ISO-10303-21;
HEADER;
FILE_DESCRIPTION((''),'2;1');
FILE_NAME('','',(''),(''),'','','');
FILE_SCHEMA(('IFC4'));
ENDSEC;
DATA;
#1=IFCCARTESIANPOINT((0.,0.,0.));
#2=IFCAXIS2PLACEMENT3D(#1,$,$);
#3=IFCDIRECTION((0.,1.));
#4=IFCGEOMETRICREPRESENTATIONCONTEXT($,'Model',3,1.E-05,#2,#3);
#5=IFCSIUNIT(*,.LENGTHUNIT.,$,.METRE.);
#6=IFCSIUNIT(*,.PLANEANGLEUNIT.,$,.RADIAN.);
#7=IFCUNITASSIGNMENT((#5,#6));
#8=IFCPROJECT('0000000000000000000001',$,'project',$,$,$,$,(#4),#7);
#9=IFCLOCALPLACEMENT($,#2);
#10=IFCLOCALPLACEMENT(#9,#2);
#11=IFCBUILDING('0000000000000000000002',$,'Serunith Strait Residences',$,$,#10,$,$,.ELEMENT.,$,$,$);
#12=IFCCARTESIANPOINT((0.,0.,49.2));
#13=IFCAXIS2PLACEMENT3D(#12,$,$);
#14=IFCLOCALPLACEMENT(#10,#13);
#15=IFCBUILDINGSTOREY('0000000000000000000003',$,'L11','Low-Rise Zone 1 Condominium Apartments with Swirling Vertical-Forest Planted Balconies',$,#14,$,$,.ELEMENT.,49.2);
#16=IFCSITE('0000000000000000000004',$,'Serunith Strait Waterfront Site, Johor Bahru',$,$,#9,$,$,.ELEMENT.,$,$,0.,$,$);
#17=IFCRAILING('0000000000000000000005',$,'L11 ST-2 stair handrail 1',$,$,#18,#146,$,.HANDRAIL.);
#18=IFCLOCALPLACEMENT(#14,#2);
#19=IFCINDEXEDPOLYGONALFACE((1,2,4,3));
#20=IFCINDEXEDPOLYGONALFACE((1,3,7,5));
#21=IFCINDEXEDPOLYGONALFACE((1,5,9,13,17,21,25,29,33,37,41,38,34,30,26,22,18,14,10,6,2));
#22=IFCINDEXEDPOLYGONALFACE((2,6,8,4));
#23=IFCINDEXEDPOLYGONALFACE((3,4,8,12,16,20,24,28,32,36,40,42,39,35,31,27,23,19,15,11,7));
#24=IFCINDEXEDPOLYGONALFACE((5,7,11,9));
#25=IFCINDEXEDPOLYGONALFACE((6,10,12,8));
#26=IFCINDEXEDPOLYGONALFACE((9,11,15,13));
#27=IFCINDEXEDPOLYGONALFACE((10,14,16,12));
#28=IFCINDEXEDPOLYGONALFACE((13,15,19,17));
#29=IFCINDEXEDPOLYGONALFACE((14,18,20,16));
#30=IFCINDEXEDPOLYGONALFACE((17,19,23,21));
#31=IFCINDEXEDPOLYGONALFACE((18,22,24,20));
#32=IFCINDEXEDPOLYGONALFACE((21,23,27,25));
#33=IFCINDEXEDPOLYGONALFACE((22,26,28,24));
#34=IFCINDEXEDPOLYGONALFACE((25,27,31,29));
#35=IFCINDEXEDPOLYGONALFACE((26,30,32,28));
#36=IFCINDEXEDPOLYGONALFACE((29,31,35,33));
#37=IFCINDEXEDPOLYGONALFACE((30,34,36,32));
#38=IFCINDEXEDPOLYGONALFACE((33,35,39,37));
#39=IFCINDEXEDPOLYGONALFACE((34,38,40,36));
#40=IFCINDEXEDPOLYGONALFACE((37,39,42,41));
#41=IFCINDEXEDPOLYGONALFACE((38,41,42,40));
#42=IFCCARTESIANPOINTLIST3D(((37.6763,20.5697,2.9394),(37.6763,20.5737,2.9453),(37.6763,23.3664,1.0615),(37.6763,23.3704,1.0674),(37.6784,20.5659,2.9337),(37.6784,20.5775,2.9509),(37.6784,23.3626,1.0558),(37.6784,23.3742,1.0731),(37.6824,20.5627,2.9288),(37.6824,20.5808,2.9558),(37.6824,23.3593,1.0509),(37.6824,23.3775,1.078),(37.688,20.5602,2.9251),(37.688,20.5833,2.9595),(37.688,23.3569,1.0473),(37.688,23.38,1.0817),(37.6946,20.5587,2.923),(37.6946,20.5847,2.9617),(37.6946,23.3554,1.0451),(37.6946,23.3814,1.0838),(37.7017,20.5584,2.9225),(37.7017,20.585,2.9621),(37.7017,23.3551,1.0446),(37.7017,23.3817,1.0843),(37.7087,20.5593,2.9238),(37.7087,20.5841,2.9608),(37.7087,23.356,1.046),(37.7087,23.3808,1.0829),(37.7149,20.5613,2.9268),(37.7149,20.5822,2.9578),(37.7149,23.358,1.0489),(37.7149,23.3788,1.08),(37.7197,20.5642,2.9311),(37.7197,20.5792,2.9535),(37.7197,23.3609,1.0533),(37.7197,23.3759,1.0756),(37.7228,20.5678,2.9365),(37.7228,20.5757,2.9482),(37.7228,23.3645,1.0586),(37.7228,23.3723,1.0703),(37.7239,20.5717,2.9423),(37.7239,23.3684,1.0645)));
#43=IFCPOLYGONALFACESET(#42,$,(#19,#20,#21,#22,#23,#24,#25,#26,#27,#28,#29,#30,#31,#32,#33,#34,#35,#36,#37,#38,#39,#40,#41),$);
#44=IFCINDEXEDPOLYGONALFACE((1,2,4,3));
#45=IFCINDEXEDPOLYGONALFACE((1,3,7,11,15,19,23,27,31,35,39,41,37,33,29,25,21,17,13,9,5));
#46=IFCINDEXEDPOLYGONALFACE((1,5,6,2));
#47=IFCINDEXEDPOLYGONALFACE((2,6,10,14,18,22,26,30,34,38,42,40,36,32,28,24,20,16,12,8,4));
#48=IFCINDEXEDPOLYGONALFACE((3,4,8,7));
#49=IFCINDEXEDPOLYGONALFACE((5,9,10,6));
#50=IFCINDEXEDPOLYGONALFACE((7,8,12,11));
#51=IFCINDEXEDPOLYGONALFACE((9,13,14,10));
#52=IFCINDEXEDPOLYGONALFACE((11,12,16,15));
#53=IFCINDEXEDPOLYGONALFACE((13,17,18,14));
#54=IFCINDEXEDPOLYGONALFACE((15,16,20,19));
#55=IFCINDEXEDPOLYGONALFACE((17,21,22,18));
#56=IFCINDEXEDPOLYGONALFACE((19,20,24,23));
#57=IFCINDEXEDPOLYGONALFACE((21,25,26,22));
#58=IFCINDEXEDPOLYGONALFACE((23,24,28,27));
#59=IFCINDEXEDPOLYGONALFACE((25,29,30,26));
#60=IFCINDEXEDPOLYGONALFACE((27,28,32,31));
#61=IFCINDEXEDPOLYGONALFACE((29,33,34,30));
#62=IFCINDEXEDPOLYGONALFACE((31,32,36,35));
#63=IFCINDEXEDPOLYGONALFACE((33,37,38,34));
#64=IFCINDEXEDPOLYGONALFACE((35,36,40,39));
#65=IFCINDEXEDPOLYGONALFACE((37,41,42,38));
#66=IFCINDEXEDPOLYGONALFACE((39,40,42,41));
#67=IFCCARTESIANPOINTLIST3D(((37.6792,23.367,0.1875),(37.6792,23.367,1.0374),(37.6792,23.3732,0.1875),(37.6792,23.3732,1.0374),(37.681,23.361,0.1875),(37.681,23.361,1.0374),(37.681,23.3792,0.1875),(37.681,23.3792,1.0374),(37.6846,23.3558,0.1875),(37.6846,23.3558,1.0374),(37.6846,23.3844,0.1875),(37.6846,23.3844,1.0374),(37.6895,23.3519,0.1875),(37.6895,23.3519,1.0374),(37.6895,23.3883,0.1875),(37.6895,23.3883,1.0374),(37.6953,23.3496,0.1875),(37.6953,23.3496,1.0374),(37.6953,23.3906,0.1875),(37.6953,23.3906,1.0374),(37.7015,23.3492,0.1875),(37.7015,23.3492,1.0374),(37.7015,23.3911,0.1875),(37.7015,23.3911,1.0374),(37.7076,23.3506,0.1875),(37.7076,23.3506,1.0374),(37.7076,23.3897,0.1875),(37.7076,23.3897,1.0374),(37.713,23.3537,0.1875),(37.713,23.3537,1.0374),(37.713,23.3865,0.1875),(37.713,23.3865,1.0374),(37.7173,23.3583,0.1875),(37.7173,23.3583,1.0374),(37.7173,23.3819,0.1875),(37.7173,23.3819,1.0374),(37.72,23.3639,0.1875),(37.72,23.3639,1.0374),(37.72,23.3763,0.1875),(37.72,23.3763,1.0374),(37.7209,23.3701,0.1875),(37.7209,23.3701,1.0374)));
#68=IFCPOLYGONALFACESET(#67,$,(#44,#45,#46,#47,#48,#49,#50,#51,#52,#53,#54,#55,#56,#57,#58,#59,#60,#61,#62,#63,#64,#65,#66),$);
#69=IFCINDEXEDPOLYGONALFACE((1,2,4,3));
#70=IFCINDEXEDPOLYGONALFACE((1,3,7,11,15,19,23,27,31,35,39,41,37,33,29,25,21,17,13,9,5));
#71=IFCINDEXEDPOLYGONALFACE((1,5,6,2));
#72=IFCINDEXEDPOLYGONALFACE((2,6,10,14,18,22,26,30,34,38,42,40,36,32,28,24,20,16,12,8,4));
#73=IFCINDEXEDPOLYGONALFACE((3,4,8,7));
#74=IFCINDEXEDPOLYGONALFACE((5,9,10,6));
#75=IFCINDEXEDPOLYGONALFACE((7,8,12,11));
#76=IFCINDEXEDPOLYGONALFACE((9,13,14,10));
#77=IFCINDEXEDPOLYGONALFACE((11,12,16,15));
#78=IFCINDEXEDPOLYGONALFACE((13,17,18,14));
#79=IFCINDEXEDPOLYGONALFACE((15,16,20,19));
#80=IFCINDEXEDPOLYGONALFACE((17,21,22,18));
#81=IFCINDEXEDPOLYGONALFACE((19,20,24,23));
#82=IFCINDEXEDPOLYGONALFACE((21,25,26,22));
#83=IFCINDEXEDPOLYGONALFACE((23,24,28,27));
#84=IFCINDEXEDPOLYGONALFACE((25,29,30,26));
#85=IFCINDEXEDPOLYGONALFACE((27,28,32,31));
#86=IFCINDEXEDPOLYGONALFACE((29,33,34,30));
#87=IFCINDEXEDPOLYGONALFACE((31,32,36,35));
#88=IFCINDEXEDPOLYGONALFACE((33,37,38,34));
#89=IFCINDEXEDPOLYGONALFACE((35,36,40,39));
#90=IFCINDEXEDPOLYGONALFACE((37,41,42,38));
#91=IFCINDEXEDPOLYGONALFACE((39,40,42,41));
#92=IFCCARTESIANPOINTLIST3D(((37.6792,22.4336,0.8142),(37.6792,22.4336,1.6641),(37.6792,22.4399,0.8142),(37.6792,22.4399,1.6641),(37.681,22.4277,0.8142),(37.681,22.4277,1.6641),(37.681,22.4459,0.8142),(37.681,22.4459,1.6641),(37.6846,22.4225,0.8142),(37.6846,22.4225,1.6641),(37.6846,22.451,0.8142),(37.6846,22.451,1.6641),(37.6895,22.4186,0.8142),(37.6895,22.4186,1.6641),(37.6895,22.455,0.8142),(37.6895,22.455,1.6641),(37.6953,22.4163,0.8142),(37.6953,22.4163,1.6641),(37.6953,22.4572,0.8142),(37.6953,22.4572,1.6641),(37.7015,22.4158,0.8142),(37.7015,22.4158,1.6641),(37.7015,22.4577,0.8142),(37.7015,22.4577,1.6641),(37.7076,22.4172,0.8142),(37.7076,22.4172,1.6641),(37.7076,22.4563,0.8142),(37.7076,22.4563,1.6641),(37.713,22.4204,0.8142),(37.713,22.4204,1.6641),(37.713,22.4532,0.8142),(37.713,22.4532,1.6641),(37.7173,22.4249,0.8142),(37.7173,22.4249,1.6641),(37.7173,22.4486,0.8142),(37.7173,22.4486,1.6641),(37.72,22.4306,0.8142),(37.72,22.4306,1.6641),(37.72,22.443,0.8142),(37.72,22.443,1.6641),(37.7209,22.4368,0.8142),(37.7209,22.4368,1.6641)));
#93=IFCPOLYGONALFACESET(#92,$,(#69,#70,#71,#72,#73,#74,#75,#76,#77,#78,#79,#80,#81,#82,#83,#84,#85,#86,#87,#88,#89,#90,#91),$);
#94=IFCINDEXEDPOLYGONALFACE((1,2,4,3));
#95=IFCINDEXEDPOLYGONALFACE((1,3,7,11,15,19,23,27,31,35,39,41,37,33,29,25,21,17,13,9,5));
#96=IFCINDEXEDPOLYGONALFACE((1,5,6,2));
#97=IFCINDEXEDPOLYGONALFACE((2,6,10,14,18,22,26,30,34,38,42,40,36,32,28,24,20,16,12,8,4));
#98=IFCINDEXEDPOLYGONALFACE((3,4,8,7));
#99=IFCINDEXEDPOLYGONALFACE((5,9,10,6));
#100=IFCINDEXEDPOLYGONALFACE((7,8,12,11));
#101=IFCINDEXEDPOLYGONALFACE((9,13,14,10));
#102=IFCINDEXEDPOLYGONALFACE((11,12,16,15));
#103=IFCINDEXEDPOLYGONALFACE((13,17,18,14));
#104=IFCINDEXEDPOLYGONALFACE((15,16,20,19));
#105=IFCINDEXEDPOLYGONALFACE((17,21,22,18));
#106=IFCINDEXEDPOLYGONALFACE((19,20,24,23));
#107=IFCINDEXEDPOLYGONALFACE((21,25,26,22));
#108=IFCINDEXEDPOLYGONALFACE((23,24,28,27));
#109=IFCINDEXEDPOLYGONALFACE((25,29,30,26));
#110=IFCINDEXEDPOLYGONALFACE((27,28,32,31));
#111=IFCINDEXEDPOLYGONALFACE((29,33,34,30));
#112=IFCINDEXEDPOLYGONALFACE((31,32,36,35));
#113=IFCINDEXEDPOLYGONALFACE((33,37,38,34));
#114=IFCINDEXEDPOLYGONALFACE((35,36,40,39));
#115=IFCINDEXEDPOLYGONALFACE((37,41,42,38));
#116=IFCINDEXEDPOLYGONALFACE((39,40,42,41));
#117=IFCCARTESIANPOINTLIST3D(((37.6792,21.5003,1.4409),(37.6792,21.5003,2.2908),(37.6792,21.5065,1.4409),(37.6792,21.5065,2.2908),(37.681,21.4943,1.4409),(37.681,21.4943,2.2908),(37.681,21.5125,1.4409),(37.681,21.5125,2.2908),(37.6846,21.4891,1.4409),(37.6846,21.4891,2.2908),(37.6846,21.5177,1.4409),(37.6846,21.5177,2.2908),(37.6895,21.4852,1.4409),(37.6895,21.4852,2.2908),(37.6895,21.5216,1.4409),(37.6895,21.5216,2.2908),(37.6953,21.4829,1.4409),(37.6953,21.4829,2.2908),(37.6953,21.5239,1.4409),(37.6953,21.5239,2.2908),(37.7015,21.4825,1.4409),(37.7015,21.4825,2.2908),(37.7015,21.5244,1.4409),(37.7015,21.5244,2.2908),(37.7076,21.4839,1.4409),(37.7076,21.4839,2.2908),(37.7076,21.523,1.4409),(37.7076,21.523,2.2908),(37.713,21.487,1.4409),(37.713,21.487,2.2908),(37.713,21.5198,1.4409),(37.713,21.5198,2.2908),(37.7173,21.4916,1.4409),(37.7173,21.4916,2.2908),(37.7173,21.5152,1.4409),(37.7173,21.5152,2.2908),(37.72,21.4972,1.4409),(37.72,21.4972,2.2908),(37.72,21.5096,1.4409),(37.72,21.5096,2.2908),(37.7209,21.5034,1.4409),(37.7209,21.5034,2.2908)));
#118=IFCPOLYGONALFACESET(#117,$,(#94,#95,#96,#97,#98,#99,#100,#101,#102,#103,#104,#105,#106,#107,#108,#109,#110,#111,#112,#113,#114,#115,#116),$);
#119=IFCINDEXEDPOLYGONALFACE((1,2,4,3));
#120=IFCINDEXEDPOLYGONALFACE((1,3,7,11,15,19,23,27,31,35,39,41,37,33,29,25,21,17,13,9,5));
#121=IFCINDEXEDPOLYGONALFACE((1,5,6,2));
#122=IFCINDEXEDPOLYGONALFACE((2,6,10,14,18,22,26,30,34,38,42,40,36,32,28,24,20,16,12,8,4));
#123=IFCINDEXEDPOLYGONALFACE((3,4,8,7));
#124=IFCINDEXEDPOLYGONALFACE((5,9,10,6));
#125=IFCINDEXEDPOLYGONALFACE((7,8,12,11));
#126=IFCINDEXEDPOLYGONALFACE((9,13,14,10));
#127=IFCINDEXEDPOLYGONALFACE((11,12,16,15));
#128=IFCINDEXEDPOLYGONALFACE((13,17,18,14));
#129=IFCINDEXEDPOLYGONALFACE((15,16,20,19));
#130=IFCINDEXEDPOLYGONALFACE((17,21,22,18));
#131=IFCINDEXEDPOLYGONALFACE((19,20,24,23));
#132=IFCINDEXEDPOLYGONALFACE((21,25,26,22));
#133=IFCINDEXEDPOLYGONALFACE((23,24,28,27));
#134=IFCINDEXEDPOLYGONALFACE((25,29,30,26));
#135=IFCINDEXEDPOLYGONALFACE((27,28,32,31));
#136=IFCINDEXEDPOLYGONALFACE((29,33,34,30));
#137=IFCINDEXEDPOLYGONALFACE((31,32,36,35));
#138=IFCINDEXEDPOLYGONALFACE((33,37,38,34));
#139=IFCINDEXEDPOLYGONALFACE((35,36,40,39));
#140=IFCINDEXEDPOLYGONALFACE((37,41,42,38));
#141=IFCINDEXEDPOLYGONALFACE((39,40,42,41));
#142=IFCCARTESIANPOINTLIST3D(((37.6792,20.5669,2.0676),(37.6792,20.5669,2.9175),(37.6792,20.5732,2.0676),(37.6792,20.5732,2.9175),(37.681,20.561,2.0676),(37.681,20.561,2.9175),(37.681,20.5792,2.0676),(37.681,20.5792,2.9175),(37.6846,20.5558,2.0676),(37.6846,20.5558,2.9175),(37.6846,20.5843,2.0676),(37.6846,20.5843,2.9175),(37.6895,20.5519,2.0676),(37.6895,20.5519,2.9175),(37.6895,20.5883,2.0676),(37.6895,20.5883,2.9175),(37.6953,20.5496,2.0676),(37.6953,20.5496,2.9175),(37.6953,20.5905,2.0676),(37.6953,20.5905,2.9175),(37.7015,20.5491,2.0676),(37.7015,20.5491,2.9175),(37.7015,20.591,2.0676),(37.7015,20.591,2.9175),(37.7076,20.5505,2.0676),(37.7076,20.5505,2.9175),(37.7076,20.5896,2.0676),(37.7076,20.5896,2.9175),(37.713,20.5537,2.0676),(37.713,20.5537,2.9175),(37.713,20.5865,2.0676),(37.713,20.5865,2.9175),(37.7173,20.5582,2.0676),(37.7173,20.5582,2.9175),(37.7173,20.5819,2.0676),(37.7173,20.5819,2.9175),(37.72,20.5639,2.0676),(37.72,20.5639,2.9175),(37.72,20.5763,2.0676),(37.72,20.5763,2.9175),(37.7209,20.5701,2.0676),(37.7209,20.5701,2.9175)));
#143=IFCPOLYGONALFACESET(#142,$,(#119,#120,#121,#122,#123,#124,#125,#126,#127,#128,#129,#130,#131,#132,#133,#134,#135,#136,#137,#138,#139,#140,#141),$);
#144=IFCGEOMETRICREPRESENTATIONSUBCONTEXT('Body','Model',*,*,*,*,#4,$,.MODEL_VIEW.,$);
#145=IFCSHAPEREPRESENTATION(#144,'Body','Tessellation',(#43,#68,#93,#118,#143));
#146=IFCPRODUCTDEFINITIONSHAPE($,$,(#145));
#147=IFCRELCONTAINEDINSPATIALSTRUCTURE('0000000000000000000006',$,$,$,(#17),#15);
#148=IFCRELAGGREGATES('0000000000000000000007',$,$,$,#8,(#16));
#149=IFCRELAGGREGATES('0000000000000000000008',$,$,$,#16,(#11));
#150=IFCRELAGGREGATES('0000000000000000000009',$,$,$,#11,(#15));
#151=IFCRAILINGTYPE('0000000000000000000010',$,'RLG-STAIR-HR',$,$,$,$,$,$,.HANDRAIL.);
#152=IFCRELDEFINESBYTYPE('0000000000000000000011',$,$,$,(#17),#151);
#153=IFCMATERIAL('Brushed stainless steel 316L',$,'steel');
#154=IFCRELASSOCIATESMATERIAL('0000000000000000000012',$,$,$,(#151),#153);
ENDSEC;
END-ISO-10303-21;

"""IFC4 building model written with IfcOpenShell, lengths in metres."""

from ifc_helpers import new_model, si_unit, direction, frame, origin, origin_2d, place, context, subcontext, project, spatial, circle, extrude, material, type_object, element, save


model = new_model("IFC4")

# Units and contexts
model_context = context("Model", 3, precision=1e-05, world=origin(), true_north=direction((0.0, 1.0)))
body_context = subcontext(model_context, "Body", "Model", "MODEL_VIEW")
ifc_project = project(units=[si_unit("LENGTHUNIT", "METRE"), si_unit("PLANEANGLEUNIT", "RADIAN")], contexts=[model_context])

# Site, building, storey
site_placement = place(None, origin())
site = spatial("IfcSite", under=ifc_project, at=site_placement, Name="Serunith Strait Waterfront Site, Johor Bahru", CompositionType="ELEMENT", RefElevation=0.0)
building_placement = place(site_placement, origin())
building = spatial("IfcBuilding", under=site, at=building_placement, Name="Serunith Strait Residences", CompositionType="ELEMENT")
storey_placement = place(building_placement, frame((0.0, 0.0, 49.2)))
storey = spatial("IfcBuildingStorey", under=building, at=storey_placement, Name="L11", Description="Low-Rise Zone 1 Condominium Apartments with Swirling Vertical-Forest Planted Balconies", CompositionType="ELEMENT", Elevation=49.2)

# Railing
ifc_material_1 = material(Name="Brushed stainless steel 316L", Category="steel")
railing_type_1 = type_object("IfcRailingType", Name="RLG-STAIR-HR", PredefinedType="HANDRAIL", material=ifc_material_1)
railing_1_placement = place(storey_placement, frame((37.7, 23.3701, 0.1875)))
element("IfcRailing", 1, at=railing_1_placement, inside=storey, type_object=railing_type_1, Name="L11 ST-2 stair handrail 1", PredefinedType="HANDRAIL", context=body_context, shape_type="SweptSolid", body=[
    extrude(circle(Radius=0.0239, at=origin_2d()), frame((0.0, -0.0017, 0.877), z_axis=(0.0, -0.830208, 0.557453), x_axis=(1.0, 0.0, 0.0)), (0.0, 0.0, 1.0), 3.3687),
    extrude(circle(Radius=0.021, at=origin_2d()), origin(), (0.0, 0.0, 1.0), 0.8499),
    extrude(circle(Radius=0.021, at=origin_2d()), frame((0.0, -0.9333, 0.6267)), (0.0, 0.0, 1.0), 0.8499),
    extrude(circle(Radius=0.021, at=origin_2d()), frame((0.0, -1.8667, 1.2534)), (0.0, 0.0, 1.0), 0.8499),
    extrude(circle(Radius=0.021, at=origin_2d()), frame((0.0, -2.8, 1.8801)), (0.0, 0.0, 1.0), 0.8499),
])

save(model, "model.ifc")
